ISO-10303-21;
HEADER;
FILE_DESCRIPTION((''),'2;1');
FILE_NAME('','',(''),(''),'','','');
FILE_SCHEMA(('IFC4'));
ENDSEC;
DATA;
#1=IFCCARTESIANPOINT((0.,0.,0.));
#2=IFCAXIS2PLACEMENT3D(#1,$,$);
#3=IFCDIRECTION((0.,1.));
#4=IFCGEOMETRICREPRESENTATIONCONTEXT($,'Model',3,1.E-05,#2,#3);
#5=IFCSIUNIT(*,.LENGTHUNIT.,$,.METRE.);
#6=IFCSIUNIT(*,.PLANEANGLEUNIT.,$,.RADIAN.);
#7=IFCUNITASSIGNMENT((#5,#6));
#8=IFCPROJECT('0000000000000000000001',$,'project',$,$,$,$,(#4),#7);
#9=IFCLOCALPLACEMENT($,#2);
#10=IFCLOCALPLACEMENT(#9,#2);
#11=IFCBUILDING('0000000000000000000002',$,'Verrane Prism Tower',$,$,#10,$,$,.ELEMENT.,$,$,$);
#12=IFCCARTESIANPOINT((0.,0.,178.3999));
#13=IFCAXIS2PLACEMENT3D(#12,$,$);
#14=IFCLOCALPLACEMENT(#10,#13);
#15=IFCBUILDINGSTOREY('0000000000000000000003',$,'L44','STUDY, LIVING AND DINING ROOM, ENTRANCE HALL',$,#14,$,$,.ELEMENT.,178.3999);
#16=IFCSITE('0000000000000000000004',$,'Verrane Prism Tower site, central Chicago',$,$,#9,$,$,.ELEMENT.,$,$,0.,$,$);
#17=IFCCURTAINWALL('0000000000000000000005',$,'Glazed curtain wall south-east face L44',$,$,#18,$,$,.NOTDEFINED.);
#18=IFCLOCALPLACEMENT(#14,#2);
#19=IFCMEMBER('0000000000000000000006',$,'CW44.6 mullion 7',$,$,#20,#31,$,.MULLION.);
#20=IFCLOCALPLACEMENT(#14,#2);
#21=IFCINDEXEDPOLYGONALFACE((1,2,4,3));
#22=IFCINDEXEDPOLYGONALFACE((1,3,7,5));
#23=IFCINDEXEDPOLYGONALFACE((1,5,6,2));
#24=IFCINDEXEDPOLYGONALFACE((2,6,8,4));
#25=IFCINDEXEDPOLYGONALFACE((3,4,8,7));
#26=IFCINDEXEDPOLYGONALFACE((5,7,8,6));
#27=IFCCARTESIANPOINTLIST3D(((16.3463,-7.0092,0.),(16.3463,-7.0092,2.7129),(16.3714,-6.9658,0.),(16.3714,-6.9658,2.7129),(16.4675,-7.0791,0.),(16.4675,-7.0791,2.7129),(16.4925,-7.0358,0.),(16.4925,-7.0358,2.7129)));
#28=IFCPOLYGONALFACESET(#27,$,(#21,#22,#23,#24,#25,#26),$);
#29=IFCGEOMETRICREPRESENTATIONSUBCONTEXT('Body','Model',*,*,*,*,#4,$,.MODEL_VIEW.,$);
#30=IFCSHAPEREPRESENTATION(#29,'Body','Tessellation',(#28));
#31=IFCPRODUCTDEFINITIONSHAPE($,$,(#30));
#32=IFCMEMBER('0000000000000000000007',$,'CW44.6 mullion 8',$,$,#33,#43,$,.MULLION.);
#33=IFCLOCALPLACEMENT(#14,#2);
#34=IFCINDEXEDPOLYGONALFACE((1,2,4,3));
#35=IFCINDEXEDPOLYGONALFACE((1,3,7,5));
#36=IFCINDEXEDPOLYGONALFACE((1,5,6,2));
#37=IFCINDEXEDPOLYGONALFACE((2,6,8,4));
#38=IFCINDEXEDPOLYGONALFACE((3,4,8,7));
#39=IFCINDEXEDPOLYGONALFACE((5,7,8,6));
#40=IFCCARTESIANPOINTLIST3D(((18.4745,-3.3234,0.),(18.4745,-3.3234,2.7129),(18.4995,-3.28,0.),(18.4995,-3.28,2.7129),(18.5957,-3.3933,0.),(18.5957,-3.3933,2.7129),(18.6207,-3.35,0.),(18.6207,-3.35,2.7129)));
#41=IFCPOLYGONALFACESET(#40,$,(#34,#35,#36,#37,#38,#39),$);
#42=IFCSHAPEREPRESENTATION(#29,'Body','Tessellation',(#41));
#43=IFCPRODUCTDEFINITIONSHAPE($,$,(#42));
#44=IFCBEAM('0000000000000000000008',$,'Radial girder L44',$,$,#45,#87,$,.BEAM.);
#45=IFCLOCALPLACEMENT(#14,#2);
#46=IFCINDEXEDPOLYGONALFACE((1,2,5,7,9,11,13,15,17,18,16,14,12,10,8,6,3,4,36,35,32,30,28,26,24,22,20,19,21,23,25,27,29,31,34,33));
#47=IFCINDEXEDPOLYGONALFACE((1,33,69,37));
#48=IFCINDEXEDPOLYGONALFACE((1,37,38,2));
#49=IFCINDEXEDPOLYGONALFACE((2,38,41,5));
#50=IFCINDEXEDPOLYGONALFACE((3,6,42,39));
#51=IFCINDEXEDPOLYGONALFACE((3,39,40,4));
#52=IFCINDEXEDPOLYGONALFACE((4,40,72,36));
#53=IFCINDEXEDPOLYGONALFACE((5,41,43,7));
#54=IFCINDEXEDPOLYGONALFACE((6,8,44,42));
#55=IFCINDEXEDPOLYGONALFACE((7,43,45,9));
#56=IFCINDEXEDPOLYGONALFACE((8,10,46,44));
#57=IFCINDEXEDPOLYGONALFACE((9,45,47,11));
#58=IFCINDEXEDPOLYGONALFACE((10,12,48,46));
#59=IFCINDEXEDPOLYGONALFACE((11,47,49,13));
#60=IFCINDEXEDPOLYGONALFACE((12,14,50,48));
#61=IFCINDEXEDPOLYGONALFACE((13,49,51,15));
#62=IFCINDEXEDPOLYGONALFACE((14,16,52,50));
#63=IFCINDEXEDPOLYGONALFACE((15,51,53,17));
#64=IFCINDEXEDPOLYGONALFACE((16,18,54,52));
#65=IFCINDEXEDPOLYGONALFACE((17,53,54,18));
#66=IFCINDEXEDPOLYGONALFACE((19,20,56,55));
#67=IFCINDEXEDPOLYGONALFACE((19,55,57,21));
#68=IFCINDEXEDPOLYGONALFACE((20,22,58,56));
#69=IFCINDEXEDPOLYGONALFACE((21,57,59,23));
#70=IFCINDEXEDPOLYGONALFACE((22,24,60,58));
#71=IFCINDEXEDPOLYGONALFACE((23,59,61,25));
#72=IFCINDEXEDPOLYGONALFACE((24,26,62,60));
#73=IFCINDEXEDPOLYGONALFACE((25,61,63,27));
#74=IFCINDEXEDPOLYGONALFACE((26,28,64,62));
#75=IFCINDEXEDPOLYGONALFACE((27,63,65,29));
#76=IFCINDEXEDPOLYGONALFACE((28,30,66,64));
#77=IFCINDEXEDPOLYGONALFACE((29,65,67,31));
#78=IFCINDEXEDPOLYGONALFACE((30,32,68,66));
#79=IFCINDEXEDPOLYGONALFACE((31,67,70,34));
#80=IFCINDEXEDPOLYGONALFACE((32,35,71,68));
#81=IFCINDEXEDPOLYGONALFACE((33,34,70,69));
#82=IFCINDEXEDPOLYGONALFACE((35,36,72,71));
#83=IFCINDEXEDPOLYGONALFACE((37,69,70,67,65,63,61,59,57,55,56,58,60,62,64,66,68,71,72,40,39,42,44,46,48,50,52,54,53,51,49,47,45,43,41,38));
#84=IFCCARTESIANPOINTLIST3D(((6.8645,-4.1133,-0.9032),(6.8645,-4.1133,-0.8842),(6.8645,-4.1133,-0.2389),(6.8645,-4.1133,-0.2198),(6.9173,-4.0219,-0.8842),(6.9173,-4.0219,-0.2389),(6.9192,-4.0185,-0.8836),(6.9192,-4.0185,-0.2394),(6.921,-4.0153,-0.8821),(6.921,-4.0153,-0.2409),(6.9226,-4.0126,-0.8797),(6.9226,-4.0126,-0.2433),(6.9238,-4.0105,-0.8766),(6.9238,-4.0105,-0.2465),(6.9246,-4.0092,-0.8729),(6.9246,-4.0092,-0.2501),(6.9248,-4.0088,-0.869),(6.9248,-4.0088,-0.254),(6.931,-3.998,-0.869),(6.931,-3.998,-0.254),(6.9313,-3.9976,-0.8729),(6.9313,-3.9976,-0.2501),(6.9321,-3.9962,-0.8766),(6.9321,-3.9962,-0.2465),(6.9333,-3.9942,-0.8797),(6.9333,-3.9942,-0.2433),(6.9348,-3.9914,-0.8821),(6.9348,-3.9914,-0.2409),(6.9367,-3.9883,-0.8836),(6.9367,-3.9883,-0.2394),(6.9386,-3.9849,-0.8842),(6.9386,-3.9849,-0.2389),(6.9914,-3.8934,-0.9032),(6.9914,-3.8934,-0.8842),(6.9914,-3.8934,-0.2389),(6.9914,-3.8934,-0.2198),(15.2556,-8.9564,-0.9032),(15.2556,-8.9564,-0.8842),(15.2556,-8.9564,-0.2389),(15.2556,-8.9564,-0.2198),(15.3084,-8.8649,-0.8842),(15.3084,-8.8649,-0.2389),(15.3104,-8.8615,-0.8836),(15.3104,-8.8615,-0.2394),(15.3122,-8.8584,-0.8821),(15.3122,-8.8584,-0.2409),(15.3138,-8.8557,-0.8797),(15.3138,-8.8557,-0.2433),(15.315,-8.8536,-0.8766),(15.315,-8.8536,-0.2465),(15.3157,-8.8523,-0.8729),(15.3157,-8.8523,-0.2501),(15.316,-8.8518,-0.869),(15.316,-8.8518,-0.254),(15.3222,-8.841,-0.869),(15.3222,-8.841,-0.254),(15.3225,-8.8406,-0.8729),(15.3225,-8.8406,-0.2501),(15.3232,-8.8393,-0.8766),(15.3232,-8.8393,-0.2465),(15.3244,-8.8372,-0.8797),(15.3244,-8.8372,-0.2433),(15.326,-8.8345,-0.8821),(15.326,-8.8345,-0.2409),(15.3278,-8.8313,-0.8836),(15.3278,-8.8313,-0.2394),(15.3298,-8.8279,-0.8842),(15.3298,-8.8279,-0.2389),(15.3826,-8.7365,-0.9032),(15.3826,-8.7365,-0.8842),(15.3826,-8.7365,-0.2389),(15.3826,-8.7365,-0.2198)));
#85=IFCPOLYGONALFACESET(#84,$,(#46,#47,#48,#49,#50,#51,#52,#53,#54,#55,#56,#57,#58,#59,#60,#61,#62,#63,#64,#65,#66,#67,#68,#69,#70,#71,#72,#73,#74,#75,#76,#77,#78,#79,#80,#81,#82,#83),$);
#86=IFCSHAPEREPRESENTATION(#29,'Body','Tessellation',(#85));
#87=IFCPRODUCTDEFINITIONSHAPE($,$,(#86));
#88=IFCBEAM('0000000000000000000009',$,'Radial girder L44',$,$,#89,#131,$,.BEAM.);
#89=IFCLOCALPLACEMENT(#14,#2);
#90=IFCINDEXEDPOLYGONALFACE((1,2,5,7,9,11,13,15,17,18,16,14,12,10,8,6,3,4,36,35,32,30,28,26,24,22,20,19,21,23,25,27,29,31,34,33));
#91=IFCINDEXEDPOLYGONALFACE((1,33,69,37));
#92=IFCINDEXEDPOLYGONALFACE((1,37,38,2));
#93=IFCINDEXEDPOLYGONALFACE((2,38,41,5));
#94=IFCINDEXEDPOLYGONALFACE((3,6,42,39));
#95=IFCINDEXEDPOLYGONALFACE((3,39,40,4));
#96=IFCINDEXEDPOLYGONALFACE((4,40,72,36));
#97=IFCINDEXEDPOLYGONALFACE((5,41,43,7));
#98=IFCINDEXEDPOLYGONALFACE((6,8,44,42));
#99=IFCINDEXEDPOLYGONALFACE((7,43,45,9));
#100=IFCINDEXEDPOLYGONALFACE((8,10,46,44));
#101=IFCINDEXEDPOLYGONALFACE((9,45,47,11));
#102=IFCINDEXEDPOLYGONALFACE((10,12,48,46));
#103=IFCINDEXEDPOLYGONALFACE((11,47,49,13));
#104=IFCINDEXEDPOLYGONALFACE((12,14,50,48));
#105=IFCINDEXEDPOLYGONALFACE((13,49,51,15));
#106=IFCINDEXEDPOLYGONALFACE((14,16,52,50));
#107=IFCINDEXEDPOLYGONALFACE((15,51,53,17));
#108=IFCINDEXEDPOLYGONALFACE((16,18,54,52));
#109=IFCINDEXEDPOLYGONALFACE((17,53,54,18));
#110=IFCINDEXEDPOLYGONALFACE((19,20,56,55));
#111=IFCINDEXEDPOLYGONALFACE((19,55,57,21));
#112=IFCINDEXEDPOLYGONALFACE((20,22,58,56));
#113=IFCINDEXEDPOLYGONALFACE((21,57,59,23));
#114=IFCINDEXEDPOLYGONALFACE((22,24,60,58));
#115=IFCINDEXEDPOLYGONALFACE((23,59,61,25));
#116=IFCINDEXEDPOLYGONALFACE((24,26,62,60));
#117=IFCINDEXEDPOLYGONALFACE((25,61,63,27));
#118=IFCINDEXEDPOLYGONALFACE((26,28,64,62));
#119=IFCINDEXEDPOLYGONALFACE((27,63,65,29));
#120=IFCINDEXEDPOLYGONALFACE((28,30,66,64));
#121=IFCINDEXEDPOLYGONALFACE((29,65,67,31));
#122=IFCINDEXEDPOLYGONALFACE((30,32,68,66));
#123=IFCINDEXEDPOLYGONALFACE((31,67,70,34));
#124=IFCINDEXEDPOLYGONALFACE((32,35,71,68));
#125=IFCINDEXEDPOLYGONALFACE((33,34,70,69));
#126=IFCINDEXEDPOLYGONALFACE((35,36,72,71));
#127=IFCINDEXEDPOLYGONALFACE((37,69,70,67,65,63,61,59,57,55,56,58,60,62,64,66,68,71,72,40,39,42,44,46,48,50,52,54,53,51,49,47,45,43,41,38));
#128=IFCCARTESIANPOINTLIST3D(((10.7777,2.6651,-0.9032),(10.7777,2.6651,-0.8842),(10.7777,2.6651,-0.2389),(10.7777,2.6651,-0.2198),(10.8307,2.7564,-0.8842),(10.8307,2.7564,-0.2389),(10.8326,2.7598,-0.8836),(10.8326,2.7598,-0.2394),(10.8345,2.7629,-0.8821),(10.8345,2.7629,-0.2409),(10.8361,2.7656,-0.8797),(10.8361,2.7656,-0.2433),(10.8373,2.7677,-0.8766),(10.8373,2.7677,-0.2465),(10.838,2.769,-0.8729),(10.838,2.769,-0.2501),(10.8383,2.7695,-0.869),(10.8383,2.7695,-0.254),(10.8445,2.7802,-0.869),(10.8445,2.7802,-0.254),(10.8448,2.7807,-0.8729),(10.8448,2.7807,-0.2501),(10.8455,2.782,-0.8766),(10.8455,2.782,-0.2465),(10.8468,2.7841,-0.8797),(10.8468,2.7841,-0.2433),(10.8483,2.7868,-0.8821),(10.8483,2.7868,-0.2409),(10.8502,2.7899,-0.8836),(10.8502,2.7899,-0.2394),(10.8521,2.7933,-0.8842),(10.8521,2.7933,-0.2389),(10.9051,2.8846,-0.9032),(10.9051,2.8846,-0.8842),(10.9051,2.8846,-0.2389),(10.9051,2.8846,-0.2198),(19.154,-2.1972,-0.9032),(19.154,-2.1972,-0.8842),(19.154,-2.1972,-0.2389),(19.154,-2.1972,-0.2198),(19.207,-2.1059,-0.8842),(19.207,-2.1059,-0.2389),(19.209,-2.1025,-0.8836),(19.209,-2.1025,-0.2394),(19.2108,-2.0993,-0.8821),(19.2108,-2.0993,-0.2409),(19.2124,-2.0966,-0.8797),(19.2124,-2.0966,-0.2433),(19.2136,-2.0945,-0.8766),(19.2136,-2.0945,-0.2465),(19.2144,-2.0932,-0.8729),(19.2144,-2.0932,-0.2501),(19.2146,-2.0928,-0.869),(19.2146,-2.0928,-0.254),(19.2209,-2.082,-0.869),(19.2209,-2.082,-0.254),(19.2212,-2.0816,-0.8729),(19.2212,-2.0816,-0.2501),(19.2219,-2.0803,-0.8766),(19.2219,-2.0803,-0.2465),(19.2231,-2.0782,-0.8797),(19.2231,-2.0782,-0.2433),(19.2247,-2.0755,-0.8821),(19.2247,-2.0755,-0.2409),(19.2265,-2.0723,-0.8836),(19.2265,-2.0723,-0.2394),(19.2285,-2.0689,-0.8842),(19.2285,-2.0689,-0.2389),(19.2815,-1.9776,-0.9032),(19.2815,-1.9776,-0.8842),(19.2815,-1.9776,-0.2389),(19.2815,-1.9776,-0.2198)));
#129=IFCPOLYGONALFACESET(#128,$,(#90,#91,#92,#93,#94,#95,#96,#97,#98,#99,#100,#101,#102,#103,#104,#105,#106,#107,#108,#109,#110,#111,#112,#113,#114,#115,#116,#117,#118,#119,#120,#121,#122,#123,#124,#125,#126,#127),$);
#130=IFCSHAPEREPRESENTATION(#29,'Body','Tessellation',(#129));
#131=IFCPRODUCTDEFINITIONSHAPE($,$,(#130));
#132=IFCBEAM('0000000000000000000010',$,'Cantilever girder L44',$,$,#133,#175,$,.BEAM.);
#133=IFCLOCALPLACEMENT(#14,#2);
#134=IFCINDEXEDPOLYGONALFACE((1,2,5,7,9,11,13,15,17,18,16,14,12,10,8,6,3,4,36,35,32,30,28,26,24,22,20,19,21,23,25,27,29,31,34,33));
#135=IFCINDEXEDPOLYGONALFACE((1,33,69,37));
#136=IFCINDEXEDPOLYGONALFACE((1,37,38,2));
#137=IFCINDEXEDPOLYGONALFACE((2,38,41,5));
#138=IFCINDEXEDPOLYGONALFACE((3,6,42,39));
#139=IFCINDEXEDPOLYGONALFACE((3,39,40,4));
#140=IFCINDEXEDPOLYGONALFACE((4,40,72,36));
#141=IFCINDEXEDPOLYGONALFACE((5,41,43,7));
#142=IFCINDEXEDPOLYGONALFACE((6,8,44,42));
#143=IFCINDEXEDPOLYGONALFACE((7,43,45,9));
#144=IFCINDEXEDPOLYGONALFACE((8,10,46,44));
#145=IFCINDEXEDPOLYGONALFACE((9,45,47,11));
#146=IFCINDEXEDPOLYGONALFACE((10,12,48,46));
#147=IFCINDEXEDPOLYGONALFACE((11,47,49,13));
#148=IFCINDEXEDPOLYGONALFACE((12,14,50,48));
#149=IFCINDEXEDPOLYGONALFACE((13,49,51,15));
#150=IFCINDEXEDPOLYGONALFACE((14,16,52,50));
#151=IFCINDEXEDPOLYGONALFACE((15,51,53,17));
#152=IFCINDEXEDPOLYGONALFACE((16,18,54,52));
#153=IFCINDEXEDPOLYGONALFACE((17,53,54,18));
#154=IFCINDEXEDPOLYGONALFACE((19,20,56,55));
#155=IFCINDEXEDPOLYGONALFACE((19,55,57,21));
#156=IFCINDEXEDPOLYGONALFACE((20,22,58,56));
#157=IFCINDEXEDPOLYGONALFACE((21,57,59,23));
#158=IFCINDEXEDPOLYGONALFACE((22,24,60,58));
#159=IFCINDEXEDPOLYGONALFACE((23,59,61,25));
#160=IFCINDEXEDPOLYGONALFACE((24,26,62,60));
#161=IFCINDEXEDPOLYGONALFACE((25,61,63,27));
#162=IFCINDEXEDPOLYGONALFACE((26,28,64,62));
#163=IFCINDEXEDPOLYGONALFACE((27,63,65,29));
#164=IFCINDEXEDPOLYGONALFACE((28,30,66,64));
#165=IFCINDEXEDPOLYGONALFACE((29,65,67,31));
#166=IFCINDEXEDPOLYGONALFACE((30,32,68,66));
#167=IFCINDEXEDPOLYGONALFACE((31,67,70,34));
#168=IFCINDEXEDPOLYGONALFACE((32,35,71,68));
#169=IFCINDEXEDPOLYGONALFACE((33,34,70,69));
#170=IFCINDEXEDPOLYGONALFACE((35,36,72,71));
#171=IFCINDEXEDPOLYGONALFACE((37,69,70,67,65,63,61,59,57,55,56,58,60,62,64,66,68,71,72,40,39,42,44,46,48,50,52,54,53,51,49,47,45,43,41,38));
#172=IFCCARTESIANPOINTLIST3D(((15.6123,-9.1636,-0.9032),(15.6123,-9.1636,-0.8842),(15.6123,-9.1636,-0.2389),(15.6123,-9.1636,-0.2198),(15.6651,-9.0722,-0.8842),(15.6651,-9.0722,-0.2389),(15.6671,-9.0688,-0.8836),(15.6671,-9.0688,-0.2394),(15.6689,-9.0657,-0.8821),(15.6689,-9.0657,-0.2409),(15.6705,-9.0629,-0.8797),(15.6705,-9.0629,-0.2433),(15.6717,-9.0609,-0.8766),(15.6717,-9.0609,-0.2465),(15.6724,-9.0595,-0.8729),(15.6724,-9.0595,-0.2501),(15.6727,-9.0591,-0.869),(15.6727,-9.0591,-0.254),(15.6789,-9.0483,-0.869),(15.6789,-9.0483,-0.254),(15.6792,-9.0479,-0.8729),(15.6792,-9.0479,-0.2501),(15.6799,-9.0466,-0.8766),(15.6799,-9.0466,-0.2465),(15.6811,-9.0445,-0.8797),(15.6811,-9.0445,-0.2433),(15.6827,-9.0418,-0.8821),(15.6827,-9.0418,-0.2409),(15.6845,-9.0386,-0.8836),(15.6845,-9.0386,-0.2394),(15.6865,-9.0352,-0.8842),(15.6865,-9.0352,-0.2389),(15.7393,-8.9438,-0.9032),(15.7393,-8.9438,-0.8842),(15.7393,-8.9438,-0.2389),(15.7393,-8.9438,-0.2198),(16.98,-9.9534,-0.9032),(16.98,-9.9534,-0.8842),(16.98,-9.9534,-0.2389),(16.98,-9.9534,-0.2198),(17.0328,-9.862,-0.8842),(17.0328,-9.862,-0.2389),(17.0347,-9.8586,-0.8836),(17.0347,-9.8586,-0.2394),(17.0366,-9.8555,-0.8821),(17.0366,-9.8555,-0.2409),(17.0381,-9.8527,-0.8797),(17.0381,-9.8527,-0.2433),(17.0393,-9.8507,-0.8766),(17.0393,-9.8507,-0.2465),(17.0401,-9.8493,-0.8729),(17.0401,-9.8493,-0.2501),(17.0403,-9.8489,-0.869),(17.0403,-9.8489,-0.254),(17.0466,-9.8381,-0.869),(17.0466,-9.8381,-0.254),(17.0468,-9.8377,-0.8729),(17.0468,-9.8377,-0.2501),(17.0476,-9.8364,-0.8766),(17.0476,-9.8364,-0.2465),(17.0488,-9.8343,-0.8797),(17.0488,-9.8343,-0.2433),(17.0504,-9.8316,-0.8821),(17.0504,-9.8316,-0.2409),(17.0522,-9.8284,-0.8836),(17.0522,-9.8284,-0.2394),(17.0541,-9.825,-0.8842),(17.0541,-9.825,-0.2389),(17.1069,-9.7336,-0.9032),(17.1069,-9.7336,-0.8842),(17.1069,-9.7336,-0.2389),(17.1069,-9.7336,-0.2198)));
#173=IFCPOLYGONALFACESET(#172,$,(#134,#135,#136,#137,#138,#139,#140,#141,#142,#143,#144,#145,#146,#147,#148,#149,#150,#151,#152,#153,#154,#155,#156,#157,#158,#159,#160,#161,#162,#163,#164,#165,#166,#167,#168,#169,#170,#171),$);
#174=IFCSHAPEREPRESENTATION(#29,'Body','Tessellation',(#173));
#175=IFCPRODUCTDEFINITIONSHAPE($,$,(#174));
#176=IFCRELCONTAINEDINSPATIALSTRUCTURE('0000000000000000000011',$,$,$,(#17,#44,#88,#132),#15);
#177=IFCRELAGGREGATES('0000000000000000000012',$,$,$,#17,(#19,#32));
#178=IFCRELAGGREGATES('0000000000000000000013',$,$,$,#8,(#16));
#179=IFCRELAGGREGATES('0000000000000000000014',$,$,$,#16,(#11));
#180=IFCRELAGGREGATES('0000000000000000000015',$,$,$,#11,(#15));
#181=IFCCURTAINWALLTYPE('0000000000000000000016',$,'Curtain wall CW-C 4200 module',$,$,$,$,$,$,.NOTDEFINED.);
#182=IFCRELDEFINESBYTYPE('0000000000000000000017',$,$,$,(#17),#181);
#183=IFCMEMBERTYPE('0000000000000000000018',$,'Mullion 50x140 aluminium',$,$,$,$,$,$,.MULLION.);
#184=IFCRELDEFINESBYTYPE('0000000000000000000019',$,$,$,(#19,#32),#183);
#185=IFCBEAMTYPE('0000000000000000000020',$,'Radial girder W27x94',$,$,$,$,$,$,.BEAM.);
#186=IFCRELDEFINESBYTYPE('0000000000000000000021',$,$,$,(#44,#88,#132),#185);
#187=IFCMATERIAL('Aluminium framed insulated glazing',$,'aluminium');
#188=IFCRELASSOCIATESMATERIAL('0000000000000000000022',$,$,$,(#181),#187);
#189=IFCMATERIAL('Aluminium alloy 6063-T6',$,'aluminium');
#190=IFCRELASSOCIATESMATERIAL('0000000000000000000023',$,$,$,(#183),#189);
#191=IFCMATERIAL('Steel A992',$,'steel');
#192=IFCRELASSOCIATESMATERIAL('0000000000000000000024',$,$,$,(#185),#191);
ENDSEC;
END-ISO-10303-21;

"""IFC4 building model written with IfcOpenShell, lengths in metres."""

from ifc_helpers import new_model, si_unit, direction, frame, origin, origin_2d, place, context, subcontext, project, spatial, rectangle, i_section, extrude, material, material_profile, profile_set, type_object, element, aggregate, save


model = new_model("IFC4")

# Units and contexts
model_context = context("Model", 3, precision=1e-05, world=origin(), true_north=direction((0.0, 1.0)))
body_context = subcontext(model_context, "Body", "Model", "MODEL_VIEW")
ifc_project = project(units=[si_unit("LENGTHUNIT", "METRE"), si_unit("PLANEANGLEUNIT", "RADIAN")], contexts=[model_context])

# Site, building, storey
site_placement = place(None, origin())
site = spatial("IfcSite", under=ifc_project, at=site_placement, Name="Verrane Prism Tower site, central Chicago", CompositionType="ELEMENT", RefElevation=0.0)
building_placement = place(site_placement, origin())
building = spatial("IfcBuilding", under=site, at=building_placement, Name="Verrane Prism Tower", CompositionType="ELEMENT")
storey_placement = place(building_placement, frame((0.0, 0.0, 178.3999)))
storey = spatial("IfcBuildingStorey", under=building, at=storey_placement, Name="L44", Description="STUDY, LIVING AND DINING ROOM, ENTRANCE HALL", CompositionType="ELEMENT", Elevation=178.3999)

# Curtain wall, members
ifc_material_1 = material(Name="Aluminium framed insulated glazing", Category="aluminium")
curtain_wall_type = type_object("IfcCurtainWallType", Name="Curtain wall CW-C 4200 module", PredefinedType="NOTDEFINED", material=ifc_material_1)
curtain_wall_placement = place(storey_placement, origin())
curtain_wall = element("IfcCurtainWall", 1, at=curtain_wall_placement, inside=storey, type_object=curtain_wall_type, Name="Glazed curtain wall south-east face L44", PredefinedType="NOTDEFINED")
ifc_material_2 = material(Name="Aluminium alloy 6063-T6", Category="aluminium")
ifc_material_profile_1 = material_profile(ifc_material_2, rectangle(XDim=0.1399, YDim=0.05, at=origin_2d()), Name="Mullion 50x140 aluminium")
ifc_profile_set_1 = profile_set([ifc_material_profile_1], Name="Aluminium alloy 6063-T6")
member_type_1 = type_object("IfcMemberType", Name="Mullion 50x140 aluminium", PredefinedType="MULLION", material=ifc_profile_set_1)
member_1_placement = place(storey_placement, frame((16.4194, -7.0225, 0.0), z_axis=(0.0, 0.0, 1.0), x_axis=(-0.866026, 0.499999, 0.0)))
member_1 = element("IfcMember", 2, at=member_1_placement, type_object=member_type_1, Name="CW44.6 mullion 7", PredefinedType="MULLION", context=body_context, shape_type="SweptSolid", body=[
    extrude(rectangle(XDim=0.1399, YDim=0.05, at=origin_2d()), origin(), (0.0, 0.0, 1.0), 2.7129),
])
member_2_placement = place(storey_placement, frame((18.5476, -3.3367, 0.0), z_axis=(0.0, 0.0, 1.0), x_axis=(-0.866026, 0.499999, 0.0)))
member_2 = element("IfcMember", 3, at=member_2_placement, type_object=member_type_1, Name="CW44.6 mullion 8", PredefinedType="MULLION", context=body_context, shape_type="SweptSolid", body=[
    extrude(rectangle(XDim=0.1399, YDim=0.05, at=origin_2d()), origin(), (0.0, 0.0, 1.0), 2.7129),
])

# Beams
ifc_material_3 = material(Name="Steel A992", Category="steel")
ifc_material_profile_2 = material_profile(ifc_material_3, i_section(OverallWidth=0.2539, OverallDepth=0.6833, WebThickness=0.0125, FlangeThickness=0.019, FilletRadius=0.0151, at=origin_2d()), Name="W27x94")
ifc_profile_set_2 = profile_set([ifc_material_profile_2], Name="Steel A992")
beam_type_1 = type_object("IfcBeamType", Name="Radial girder W27x94", PredefinedType="BEAM", material=ifc_profile_set_2)
beam_1_placement = place(storey_placement, frame((15.3191, -8.8464, -0.5615), z_axis=(-0.866097, 0.499877, 0.0), x_axis=(-0.499877, -0.866097, 0.0)))
element("IfcBeam", 4, at=beam_1_placement, inside=storey, type_object=beam_type_1, Name="Radial girder L44", PredefinedType="BEAM", context=body_context, shape_type="SweptSolid", body=[
    extrude(i_section(OverallWidth=0.2539, OverallDepth=0.6833, WebThickness=0.0125, FlangeThickness=0.019, FilletRadius=0.0151, at=origin_2d()), origin(), (0.0, 0.0, 1.0), 9.6885),
])
beam_2_placement = place(storey_placement, frame((19.2178, -2.0874, -0.5615), z_axis=(-0.864854, 0.502024, 0.0), x_axis=(-0.502024, -0.864854, 0.0)))
element("IfcBeam", 5, at=beam_2_placement, inside=storey, type_object=beam_type_1, Name="Radial girder L44", PredefinedType="BEAM", context=body_context, shape_type="SweptSolid", body=[
    extrude(i_section(OverallWidth=0.2539, OverallDepth=0.6833, WebThickness=0.0125, FlangeThickness=0.019, FilletRadius=0.0151, at=origin_2d()), origin(), (0.0, 0.0, 1.0), 9.6853),
])
beam_3_placement = place(storey_placement, frame((15.6758, -9.0537, -0.5615), z_axis=(0.86598, -0.500079, 0.0), x_axis=(0.500079, 0.86598, 0.0)))
element("IfcBeam", 6, at=beam_3_placement, inside=storey, type_object=beam_type_1, Name="Cantilever girder L44", PredefinedType="BEAM", context=body_context, shape_type="SweptSolid", body=[
    extrude(i_section(OverallWidth=0.2539, OverallDepth=0.6833, WebThickness=0.0125, FlangeThickness=0.019, FilletRadius=0.0151, at=origin_2d()), origin(), (0.0, 0.0, 1.0), 1.5793),
])

aggregate(curtain_wall, [member_1, member_2])

save(model, "model.ifc")
